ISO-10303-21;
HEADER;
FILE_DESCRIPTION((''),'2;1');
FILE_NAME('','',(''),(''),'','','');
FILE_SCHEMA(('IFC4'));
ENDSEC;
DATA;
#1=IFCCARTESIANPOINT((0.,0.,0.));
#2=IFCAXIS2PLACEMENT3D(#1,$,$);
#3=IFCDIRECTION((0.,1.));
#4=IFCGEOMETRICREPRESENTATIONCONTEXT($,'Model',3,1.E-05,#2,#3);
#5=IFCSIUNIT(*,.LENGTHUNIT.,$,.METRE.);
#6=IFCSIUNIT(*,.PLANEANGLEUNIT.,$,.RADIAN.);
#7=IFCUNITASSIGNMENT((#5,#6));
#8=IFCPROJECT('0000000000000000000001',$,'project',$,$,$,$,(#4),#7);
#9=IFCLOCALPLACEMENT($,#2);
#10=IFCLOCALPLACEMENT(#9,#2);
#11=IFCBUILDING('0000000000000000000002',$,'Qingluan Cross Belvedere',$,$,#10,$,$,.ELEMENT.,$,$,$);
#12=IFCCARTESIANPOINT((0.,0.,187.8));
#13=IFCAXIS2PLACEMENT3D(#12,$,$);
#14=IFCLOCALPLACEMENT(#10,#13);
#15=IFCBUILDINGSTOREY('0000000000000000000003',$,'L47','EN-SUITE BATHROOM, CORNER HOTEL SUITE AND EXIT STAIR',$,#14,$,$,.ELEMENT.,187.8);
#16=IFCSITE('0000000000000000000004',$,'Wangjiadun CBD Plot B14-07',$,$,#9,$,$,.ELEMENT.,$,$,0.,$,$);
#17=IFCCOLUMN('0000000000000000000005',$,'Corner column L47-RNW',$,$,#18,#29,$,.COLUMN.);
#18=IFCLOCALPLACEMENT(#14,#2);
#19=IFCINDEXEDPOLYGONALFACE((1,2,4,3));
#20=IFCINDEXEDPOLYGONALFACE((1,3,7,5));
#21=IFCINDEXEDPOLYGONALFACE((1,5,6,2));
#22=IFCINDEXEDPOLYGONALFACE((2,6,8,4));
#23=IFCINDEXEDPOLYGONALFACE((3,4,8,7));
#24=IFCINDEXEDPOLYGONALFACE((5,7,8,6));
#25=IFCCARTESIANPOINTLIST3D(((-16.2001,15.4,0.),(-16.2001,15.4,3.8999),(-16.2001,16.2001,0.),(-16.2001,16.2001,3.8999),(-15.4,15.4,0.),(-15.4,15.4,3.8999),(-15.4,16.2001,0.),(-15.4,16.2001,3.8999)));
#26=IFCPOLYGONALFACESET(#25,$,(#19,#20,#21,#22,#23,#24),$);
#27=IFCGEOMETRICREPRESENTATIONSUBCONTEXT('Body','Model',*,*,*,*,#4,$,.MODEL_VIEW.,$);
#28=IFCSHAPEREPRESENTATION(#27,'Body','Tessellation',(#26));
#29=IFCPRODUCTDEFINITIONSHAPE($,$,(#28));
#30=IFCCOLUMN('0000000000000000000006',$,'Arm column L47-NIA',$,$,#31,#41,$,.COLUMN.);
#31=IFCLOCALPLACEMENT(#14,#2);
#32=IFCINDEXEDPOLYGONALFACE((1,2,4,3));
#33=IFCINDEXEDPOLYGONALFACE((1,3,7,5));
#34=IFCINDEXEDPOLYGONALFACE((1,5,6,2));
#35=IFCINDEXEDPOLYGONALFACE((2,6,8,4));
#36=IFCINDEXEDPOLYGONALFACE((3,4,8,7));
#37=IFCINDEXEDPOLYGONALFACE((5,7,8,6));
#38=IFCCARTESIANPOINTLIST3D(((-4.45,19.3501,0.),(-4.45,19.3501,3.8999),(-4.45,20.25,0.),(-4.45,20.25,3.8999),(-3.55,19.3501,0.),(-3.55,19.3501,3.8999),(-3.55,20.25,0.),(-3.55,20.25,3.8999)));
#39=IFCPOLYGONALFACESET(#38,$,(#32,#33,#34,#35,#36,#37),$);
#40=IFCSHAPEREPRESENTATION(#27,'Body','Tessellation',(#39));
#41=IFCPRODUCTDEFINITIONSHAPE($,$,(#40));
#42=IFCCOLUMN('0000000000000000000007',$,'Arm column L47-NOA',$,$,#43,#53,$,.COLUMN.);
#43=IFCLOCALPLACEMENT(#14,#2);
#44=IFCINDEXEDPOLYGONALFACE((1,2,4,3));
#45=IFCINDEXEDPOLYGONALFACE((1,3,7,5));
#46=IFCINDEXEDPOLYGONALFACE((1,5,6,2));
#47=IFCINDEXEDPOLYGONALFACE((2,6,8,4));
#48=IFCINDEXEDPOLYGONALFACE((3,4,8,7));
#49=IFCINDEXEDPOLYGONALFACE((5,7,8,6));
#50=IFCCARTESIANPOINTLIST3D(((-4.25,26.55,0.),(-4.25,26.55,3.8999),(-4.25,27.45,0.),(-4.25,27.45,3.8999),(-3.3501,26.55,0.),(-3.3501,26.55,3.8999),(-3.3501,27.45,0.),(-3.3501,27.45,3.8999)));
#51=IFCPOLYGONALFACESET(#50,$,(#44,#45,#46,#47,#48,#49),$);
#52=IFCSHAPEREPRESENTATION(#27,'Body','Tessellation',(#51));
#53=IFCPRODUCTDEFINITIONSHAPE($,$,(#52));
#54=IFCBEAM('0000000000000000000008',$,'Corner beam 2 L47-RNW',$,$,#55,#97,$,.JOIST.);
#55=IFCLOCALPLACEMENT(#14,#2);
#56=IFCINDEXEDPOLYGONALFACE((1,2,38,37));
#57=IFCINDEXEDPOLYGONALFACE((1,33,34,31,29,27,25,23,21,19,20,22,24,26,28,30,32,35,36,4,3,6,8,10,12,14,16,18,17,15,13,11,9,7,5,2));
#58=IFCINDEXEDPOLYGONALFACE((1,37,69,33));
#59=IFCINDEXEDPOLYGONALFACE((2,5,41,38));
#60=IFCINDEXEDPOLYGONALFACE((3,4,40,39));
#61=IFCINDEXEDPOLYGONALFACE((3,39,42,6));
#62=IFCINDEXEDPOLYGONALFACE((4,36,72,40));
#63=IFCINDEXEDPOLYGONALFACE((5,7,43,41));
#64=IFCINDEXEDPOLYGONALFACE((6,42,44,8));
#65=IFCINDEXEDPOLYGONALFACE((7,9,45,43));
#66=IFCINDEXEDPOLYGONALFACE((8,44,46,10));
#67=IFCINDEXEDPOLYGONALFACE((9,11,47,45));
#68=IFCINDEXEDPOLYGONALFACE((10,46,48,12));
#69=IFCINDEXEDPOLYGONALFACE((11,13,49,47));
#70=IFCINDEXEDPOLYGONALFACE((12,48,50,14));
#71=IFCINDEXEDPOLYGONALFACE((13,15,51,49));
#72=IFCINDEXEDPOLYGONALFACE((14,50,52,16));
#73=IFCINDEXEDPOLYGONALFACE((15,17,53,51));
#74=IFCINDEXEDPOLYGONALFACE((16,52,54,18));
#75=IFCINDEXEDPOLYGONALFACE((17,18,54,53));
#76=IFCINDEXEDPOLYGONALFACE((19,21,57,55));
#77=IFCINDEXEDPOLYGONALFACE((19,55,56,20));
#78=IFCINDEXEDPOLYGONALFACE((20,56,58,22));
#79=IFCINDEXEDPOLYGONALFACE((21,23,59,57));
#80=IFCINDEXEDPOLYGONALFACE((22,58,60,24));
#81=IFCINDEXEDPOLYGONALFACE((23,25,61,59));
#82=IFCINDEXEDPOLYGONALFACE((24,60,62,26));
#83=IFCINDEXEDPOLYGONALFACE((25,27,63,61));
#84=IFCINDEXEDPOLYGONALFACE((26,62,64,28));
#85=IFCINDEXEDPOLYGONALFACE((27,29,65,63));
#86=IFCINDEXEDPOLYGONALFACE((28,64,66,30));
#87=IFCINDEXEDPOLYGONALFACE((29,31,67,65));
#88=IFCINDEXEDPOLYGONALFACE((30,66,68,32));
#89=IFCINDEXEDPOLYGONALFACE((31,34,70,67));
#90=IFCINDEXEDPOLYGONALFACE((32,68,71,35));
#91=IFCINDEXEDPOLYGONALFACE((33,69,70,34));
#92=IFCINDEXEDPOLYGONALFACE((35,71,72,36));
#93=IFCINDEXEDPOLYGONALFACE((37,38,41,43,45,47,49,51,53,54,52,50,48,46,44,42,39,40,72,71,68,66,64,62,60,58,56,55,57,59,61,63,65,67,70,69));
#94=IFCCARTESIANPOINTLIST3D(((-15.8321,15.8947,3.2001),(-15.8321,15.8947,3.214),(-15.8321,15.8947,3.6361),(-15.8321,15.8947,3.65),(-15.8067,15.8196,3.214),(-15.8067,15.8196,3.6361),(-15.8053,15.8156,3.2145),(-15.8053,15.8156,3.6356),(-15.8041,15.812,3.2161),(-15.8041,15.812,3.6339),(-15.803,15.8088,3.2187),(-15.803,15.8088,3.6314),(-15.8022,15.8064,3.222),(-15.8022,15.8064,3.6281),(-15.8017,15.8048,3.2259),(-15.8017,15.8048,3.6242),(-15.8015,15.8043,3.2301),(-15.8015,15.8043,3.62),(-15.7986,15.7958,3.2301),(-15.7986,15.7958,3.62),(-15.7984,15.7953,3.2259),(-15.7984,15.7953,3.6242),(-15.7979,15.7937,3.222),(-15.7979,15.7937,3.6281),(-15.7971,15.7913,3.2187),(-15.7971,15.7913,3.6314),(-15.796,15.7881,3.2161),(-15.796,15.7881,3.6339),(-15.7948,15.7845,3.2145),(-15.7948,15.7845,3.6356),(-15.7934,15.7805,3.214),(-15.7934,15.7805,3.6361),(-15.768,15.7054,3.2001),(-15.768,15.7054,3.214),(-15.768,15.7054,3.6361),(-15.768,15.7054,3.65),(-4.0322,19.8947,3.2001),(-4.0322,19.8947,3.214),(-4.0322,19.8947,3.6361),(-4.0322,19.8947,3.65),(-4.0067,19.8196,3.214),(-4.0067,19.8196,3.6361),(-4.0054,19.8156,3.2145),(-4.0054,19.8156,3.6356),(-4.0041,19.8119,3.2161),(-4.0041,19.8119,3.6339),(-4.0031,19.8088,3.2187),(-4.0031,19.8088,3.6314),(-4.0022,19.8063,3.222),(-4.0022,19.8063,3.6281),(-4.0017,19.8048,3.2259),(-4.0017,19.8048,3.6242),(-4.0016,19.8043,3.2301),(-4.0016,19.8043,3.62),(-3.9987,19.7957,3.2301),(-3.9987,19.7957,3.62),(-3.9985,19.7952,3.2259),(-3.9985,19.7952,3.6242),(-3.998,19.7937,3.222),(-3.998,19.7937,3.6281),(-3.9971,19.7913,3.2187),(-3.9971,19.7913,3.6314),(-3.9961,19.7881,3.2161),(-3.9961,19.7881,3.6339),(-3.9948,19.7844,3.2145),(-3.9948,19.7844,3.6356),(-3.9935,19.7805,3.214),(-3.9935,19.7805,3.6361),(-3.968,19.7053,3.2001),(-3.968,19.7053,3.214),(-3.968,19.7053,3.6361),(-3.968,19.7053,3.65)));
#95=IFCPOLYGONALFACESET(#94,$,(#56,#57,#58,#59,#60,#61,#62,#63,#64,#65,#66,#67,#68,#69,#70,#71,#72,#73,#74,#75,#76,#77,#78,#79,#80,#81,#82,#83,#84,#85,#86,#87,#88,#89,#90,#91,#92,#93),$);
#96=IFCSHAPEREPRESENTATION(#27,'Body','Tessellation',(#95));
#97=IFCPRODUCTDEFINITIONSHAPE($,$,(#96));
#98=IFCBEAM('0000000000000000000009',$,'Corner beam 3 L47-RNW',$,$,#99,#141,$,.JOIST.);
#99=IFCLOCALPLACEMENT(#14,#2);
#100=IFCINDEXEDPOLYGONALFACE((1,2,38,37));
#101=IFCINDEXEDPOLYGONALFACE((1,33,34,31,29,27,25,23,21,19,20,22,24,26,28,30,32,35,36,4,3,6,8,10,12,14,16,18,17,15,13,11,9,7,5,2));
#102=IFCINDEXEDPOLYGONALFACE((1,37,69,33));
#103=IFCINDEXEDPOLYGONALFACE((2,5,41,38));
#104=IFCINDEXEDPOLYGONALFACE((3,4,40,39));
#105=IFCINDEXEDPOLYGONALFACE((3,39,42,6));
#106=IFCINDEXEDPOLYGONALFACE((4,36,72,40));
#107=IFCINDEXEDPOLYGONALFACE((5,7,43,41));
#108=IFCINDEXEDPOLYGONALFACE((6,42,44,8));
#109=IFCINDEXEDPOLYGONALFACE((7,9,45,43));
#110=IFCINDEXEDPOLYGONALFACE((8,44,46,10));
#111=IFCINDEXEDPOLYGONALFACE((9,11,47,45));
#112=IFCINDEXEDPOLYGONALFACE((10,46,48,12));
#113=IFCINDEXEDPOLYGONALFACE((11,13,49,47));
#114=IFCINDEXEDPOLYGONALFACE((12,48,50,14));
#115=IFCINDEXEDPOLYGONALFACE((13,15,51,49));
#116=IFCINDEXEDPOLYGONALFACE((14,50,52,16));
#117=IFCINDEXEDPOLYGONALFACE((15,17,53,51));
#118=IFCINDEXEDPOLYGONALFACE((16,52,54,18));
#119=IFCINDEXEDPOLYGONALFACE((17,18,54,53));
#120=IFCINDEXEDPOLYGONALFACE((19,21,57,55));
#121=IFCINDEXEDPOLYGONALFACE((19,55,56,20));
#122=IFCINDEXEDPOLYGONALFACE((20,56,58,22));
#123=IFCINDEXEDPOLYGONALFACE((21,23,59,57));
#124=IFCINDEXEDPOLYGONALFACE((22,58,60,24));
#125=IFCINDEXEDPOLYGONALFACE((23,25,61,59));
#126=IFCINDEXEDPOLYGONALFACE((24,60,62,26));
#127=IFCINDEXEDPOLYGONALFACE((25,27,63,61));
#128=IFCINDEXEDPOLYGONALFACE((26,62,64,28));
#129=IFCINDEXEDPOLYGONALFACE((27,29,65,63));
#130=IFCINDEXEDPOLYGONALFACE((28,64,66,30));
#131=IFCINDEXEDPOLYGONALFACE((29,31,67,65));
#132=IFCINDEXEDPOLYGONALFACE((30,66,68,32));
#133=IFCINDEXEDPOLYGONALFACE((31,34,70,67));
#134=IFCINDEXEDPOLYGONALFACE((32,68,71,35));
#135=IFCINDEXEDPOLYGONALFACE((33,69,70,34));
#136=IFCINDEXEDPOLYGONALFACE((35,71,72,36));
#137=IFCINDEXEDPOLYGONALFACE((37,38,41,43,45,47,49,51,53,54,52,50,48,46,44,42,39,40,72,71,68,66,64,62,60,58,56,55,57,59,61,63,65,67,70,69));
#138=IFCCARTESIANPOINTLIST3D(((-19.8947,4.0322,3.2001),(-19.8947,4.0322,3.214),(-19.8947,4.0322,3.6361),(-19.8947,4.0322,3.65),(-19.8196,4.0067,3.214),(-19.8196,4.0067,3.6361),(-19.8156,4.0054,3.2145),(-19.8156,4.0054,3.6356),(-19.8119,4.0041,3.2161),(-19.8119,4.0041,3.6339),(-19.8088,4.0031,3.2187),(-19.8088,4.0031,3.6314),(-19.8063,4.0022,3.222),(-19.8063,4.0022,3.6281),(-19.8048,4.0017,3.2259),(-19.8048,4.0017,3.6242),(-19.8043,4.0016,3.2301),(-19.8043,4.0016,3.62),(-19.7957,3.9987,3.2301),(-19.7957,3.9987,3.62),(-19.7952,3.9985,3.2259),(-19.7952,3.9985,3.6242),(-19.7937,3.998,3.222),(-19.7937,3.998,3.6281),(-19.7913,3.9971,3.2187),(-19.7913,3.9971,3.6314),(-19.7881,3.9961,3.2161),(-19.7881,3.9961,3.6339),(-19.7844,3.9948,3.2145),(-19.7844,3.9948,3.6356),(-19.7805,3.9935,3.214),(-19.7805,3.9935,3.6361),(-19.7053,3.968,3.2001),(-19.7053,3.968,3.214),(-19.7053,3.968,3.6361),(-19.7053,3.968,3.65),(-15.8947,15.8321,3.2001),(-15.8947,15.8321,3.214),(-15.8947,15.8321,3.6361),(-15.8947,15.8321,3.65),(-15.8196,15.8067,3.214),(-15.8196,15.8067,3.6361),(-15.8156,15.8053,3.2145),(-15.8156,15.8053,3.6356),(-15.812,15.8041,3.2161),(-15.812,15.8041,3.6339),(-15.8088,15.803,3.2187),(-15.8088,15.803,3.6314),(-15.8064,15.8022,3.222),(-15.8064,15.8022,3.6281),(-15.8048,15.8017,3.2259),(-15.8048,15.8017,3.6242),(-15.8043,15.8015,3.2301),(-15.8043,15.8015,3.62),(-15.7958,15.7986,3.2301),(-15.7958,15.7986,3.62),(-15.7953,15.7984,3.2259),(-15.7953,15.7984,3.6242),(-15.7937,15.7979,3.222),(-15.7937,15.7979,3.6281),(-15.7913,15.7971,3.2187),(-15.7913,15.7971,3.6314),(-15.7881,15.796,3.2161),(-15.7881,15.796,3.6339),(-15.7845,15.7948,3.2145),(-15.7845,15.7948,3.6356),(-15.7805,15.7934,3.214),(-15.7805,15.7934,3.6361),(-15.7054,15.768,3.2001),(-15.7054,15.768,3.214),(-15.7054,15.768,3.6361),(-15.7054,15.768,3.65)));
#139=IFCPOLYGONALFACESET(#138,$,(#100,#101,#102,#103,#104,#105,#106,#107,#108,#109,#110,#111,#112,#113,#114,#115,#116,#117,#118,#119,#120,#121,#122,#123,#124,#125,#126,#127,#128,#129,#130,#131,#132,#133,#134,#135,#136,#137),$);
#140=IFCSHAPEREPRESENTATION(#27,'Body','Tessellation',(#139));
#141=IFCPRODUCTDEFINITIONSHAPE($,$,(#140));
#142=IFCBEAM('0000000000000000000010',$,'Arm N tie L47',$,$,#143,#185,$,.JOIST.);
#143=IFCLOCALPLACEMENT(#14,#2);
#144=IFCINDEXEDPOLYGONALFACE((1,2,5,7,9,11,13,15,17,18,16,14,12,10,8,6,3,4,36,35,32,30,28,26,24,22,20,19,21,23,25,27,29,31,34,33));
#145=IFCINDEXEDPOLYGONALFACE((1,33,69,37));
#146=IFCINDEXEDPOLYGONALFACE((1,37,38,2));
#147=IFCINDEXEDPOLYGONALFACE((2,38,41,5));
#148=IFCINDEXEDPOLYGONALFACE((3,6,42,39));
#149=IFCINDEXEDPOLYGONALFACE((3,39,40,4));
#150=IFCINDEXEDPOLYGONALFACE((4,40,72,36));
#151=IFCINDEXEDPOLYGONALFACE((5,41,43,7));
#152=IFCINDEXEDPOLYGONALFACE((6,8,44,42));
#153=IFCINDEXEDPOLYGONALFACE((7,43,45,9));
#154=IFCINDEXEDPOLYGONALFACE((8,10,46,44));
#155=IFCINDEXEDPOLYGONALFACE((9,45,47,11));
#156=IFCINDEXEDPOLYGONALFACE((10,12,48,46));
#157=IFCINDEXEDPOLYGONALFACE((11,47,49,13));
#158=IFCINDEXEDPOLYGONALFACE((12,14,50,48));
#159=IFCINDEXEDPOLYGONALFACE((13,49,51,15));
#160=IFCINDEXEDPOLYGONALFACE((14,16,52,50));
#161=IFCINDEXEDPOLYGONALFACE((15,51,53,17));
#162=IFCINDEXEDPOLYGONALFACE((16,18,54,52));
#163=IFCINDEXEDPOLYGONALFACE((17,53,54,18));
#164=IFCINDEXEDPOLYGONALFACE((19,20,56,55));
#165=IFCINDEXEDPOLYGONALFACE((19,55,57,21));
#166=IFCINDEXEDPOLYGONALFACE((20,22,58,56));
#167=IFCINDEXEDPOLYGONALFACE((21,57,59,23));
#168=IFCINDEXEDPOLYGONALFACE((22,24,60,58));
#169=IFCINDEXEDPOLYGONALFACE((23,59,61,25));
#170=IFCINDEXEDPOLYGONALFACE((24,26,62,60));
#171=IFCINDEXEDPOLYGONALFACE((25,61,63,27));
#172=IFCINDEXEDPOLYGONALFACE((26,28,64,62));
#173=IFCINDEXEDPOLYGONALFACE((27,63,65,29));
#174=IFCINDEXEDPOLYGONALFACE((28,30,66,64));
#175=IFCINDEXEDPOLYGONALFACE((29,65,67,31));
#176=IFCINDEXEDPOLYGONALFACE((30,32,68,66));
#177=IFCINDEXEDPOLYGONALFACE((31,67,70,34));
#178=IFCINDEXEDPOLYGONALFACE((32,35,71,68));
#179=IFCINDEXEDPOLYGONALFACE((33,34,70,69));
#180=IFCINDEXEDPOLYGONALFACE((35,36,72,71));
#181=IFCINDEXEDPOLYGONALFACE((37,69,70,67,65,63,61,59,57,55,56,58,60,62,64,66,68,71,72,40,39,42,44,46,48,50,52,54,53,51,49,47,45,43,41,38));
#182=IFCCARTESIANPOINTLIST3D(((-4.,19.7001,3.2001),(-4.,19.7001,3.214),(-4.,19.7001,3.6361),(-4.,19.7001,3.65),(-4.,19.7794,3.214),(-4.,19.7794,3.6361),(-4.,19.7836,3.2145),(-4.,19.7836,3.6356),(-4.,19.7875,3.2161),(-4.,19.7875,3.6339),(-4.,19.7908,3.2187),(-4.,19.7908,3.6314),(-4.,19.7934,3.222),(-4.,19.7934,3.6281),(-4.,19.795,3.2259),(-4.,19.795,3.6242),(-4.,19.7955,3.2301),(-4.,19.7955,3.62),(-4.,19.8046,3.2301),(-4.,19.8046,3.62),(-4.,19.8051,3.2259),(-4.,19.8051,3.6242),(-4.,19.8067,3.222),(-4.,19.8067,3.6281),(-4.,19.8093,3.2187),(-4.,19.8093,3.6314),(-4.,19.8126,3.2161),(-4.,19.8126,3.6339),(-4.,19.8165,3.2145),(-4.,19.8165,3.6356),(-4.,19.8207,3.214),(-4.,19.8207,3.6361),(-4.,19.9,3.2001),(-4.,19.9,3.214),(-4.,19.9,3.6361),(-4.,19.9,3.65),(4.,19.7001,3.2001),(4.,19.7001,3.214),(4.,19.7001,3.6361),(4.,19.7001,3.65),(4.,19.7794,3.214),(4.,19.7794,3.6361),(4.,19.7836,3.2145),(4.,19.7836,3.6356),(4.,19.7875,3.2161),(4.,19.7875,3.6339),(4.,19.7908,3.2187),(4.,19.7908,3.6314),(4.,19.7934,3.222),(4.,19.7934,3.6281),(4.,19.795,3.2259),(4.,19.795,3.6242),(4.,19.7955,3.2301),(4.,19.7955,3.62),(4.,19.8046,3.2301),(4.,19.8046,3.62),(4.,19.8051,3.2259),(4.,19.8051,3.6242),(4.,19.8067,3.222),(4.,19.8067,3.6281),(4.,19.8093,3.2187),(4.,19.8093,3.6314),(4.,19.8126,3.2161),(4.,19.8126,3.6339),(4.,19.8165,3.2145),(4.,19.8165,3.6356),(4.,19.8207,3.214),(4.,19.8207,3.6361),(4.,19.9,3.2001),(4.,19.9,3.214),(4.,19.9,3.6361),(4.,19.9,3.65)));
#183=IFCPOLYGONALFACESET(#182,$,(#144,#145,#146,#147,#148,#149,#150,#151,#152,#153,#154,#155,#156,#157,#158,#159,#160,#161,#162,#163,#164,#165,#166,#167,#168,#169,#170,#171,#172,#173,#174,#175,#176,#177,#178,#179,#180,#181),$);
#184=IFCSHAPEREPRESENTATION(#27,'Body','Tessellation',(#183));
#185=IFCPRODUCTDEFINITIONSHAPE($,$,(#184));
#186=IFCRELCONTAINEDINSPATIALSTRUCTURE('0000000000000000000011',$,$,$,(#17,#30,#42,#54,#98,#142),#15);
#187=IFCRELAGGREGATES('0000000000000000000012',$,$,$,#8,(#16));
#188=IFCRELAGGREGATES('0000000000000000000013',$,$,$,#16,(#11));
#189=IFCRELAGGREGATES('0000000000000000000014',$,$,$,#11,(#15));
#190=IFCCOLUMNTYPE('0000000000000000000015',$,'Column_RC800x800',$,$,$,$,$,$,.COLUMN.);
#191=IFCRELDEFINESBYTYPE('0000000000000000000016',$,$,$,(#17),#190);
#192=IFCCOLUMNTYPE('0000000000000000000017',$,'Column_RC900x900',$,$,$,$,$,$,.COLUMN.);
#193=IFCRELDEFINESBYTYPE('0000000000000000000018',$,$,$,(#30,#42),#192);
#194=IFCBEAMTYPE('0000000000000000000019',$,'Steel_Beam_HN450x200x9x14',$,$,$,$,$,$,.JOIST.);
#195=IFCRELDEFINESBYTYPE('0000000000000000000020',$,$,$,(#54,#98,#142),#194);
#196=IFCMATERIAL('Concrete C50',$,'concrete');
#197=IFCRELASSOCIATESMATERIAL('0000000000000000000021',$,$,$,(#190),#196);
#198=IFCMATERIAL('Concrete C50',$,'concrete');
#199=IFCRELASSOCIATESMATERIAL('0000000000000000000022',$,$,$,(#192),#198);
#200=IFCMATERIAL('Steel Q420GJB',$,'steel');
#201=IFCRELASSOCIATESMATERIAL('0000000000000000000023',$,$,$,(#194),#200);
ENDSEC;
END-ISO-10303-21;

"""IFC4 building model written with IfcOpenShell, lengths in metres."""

from ifc_helpers import new_model, si_unit, direction, frame, origin, origin_2d, place, context, subcontext, project, spatial, rectangle, i_section, extrude, material, material_profile, profile_set, type_object, element, save


model = new_model("IFC4")

# Units and contexts
model_context = context("Model", 3, precision=1e-05, world=origin(), true_north=direction((0.0, 1.0)))
body_context = subcontext(model_context, "Body", "Model", "MODEL_VIEW")
ifc_project = project(units=[si_unit("LENGTHUNIT", "METRE"), si_unit("PLANEANGLEUNIT", "RADIAN")], contexts=[model_context])

# Site, building, storey
site_placement = place(None, origin())
site = spatial("IfcSite", under=ifc_project, at=site_placement, Name="Wangjiadun CBD Plot B14-07", CompositionType="ELEMENT", RefElevation=0.0)
building_placement = place(site_placement, origin())
building = spatial("IfcBuilding", under=site, at=building_placement, Name="Qingluan Cross Belvedere", CompositionType="ELEMENT")
storey_placement = place(building_placement, frame((0.0, 0.0, 187.8)))
storey = spatial("IfcBuildingStorey", under=building, at=storey_placement, Name="L47", Description="EN-SUITE BATHROOM, CORNER HOTEL SUITE AND EXIT STAIR", CompositionType="ELEMENT", Elevation=187.8)

# Columns
ifc_material_1 = material(Name="Concrete C50", Category="concrete")
ifc_material_profile_1 = material_profile(ifc_material_1, rectangle(XDim=0.8, YDim=0.8, at=origin_2d()), Name="RC800x800")
ifc_profile_set_1 = profile_set([ifc_material_profile_1], Name="Concrete C50")
column_type_1 = type_object("IfcColumnType", Name="Column_RC800x800", PredefinedType="COLUMN", material=ifc_profile_set_1)
column_placement = place(storey_placement, frame((-15.8, 15.8, 0.0), z_axis=(0.0, 0.0, 1.0), x_axis=(1.0, 0.0, 0.0)))
element("IfcColumn", 1, at=column_placement, inside=storey, type_object=column_type_1, Name="Corner column L47-RNW", PredefinedType="COLUMN", context=body_context, shape_type="SweptSolid", body=[
    extrude(rectangle(XDim=0.8, YDim=0.8, at=origin_2d()), origin(), (0.0, 0.0, 1.0), 3.8999),
])
ifc_material_2 = material(Name="Concrete C50", Category="concrete")
ifc_material_profile_2 = material_profile(ifc_material_2, rectangle(XDim=0.8999, YDim=0.8999, at=origin_2d()), Name="RC900x900")
ifc_profile_set_2 = profile_set([ifc_material_profile_2], Name="Concrete C50")
column_type_2 = type_object("IfcColumnType", Name="Column_RC900x900", PredefinedType="COLUMN", material=ifc_profile_set_2)
for number, where, z_axis, x_axis, name in (
    (2, (-4.0, 19.8, 0.0), (0.0, 0.0, 1.0), (1.0, 0.0, 0.0), "Arm column L47-NIA"),
    (3, (-3.8, 27.0, 0.0), (0.0, 0.0, 1.0), (1.0, 0.0, 0.0), "Arm column L47-NOA"),
):
    element("IfcColumn", number, at=place(storey_placement, frame(where, z_axis=z_axis, x_axis=x_axis)), inside=storey, type_object=column_type_2, Name=name, PredefinedType="COLUMN", context=body_context, shape_type="SweptSolid", body=[
        extrude(rectangle(XDim=0.8999, YDim=0.8999, at=origin_2d()), origin(), (0.0, 0.0, 1.0), 3.8999),
    ])

# Beams
ifc_material_3 = material(Name="Steel Q420GJB", Category="steel")
ifc_material_profile_3 = material_profile(ifc_material_3, i_section(OverallWidth=0.2, OverallDepth=0.45, WebThickness=0.009, FlangeThickness=0.0139, FilletRadius=0.0161, at=origin_2d()), Name="HN450x200x9x14")
ifc_profile_set_3 = profile_set([ifc_material_profile_3], Name="Steel Q420GJB")
beam_type_1 = type_object("IfcBeamType", Name="Steel_Beam_HN450x200x9x14", PredefinedType="JOIST", material=ifc_profile_set_3)
for number, where, z_axis, x_axis, name in (
    (4, (-15.8, 15.8, 3.425), (0.947066, 0.321038, 0.0), (-0.321038, 0.947066, 0.0), "Corner beam 2 L47-RNW"),
    (5, (-15.8, 15.8, 3.425), (-0.321038, -0.947066, 0.0), (0.947066, -0.321038, 0.0), "Corner beam 3 L47-RNW"),
):
    element("IfcBeam", number, at=place(storey_placement, frame(where, z_axis=z_axis, x_axis=x_axis)), inside=storey, type_object=beam_type_1, Name=name, PredefinedType="JOIST", context=body_context, shape_type="SweptSolid", body=[
        extrude(i_section(OverallWidth=0.2, OverallDepth=0.45, WebThickness=0.009, FlangeThickness=0.0139, FilletRadius=0.0161, at=origin_2d()), origin(), (0.0, 0.0, 1.0), 12.4595),
    ])
for number, where, z_axis, x_axis, name in (
    (6, (-4.0, 19.8, 3.425), (1.0, 0.0, 0.0), (0.0, 1.0, 0.0), "Arm N tie L47"),
):
    element("IfcBeam", number, at=place(storey_placement, frame(where, z_axis=z_axis, x_axis=x_axis)), inside=storey, type_object=beam_type_1, Name=name, PredefinedType="JOIST", context=body_context, shape_type="SweptSolid", body=[
        extrude(i_section(OverallWidth=0.2, OverallDepth=0.45, WebThickness=0.009, FlangeThickness=0.0139, FilletRadius=0.0161, at=origin_2d()), origin(), (0.0, 0.0, 1.0), 8.0),
    ])

save(model, "model.ifc")
